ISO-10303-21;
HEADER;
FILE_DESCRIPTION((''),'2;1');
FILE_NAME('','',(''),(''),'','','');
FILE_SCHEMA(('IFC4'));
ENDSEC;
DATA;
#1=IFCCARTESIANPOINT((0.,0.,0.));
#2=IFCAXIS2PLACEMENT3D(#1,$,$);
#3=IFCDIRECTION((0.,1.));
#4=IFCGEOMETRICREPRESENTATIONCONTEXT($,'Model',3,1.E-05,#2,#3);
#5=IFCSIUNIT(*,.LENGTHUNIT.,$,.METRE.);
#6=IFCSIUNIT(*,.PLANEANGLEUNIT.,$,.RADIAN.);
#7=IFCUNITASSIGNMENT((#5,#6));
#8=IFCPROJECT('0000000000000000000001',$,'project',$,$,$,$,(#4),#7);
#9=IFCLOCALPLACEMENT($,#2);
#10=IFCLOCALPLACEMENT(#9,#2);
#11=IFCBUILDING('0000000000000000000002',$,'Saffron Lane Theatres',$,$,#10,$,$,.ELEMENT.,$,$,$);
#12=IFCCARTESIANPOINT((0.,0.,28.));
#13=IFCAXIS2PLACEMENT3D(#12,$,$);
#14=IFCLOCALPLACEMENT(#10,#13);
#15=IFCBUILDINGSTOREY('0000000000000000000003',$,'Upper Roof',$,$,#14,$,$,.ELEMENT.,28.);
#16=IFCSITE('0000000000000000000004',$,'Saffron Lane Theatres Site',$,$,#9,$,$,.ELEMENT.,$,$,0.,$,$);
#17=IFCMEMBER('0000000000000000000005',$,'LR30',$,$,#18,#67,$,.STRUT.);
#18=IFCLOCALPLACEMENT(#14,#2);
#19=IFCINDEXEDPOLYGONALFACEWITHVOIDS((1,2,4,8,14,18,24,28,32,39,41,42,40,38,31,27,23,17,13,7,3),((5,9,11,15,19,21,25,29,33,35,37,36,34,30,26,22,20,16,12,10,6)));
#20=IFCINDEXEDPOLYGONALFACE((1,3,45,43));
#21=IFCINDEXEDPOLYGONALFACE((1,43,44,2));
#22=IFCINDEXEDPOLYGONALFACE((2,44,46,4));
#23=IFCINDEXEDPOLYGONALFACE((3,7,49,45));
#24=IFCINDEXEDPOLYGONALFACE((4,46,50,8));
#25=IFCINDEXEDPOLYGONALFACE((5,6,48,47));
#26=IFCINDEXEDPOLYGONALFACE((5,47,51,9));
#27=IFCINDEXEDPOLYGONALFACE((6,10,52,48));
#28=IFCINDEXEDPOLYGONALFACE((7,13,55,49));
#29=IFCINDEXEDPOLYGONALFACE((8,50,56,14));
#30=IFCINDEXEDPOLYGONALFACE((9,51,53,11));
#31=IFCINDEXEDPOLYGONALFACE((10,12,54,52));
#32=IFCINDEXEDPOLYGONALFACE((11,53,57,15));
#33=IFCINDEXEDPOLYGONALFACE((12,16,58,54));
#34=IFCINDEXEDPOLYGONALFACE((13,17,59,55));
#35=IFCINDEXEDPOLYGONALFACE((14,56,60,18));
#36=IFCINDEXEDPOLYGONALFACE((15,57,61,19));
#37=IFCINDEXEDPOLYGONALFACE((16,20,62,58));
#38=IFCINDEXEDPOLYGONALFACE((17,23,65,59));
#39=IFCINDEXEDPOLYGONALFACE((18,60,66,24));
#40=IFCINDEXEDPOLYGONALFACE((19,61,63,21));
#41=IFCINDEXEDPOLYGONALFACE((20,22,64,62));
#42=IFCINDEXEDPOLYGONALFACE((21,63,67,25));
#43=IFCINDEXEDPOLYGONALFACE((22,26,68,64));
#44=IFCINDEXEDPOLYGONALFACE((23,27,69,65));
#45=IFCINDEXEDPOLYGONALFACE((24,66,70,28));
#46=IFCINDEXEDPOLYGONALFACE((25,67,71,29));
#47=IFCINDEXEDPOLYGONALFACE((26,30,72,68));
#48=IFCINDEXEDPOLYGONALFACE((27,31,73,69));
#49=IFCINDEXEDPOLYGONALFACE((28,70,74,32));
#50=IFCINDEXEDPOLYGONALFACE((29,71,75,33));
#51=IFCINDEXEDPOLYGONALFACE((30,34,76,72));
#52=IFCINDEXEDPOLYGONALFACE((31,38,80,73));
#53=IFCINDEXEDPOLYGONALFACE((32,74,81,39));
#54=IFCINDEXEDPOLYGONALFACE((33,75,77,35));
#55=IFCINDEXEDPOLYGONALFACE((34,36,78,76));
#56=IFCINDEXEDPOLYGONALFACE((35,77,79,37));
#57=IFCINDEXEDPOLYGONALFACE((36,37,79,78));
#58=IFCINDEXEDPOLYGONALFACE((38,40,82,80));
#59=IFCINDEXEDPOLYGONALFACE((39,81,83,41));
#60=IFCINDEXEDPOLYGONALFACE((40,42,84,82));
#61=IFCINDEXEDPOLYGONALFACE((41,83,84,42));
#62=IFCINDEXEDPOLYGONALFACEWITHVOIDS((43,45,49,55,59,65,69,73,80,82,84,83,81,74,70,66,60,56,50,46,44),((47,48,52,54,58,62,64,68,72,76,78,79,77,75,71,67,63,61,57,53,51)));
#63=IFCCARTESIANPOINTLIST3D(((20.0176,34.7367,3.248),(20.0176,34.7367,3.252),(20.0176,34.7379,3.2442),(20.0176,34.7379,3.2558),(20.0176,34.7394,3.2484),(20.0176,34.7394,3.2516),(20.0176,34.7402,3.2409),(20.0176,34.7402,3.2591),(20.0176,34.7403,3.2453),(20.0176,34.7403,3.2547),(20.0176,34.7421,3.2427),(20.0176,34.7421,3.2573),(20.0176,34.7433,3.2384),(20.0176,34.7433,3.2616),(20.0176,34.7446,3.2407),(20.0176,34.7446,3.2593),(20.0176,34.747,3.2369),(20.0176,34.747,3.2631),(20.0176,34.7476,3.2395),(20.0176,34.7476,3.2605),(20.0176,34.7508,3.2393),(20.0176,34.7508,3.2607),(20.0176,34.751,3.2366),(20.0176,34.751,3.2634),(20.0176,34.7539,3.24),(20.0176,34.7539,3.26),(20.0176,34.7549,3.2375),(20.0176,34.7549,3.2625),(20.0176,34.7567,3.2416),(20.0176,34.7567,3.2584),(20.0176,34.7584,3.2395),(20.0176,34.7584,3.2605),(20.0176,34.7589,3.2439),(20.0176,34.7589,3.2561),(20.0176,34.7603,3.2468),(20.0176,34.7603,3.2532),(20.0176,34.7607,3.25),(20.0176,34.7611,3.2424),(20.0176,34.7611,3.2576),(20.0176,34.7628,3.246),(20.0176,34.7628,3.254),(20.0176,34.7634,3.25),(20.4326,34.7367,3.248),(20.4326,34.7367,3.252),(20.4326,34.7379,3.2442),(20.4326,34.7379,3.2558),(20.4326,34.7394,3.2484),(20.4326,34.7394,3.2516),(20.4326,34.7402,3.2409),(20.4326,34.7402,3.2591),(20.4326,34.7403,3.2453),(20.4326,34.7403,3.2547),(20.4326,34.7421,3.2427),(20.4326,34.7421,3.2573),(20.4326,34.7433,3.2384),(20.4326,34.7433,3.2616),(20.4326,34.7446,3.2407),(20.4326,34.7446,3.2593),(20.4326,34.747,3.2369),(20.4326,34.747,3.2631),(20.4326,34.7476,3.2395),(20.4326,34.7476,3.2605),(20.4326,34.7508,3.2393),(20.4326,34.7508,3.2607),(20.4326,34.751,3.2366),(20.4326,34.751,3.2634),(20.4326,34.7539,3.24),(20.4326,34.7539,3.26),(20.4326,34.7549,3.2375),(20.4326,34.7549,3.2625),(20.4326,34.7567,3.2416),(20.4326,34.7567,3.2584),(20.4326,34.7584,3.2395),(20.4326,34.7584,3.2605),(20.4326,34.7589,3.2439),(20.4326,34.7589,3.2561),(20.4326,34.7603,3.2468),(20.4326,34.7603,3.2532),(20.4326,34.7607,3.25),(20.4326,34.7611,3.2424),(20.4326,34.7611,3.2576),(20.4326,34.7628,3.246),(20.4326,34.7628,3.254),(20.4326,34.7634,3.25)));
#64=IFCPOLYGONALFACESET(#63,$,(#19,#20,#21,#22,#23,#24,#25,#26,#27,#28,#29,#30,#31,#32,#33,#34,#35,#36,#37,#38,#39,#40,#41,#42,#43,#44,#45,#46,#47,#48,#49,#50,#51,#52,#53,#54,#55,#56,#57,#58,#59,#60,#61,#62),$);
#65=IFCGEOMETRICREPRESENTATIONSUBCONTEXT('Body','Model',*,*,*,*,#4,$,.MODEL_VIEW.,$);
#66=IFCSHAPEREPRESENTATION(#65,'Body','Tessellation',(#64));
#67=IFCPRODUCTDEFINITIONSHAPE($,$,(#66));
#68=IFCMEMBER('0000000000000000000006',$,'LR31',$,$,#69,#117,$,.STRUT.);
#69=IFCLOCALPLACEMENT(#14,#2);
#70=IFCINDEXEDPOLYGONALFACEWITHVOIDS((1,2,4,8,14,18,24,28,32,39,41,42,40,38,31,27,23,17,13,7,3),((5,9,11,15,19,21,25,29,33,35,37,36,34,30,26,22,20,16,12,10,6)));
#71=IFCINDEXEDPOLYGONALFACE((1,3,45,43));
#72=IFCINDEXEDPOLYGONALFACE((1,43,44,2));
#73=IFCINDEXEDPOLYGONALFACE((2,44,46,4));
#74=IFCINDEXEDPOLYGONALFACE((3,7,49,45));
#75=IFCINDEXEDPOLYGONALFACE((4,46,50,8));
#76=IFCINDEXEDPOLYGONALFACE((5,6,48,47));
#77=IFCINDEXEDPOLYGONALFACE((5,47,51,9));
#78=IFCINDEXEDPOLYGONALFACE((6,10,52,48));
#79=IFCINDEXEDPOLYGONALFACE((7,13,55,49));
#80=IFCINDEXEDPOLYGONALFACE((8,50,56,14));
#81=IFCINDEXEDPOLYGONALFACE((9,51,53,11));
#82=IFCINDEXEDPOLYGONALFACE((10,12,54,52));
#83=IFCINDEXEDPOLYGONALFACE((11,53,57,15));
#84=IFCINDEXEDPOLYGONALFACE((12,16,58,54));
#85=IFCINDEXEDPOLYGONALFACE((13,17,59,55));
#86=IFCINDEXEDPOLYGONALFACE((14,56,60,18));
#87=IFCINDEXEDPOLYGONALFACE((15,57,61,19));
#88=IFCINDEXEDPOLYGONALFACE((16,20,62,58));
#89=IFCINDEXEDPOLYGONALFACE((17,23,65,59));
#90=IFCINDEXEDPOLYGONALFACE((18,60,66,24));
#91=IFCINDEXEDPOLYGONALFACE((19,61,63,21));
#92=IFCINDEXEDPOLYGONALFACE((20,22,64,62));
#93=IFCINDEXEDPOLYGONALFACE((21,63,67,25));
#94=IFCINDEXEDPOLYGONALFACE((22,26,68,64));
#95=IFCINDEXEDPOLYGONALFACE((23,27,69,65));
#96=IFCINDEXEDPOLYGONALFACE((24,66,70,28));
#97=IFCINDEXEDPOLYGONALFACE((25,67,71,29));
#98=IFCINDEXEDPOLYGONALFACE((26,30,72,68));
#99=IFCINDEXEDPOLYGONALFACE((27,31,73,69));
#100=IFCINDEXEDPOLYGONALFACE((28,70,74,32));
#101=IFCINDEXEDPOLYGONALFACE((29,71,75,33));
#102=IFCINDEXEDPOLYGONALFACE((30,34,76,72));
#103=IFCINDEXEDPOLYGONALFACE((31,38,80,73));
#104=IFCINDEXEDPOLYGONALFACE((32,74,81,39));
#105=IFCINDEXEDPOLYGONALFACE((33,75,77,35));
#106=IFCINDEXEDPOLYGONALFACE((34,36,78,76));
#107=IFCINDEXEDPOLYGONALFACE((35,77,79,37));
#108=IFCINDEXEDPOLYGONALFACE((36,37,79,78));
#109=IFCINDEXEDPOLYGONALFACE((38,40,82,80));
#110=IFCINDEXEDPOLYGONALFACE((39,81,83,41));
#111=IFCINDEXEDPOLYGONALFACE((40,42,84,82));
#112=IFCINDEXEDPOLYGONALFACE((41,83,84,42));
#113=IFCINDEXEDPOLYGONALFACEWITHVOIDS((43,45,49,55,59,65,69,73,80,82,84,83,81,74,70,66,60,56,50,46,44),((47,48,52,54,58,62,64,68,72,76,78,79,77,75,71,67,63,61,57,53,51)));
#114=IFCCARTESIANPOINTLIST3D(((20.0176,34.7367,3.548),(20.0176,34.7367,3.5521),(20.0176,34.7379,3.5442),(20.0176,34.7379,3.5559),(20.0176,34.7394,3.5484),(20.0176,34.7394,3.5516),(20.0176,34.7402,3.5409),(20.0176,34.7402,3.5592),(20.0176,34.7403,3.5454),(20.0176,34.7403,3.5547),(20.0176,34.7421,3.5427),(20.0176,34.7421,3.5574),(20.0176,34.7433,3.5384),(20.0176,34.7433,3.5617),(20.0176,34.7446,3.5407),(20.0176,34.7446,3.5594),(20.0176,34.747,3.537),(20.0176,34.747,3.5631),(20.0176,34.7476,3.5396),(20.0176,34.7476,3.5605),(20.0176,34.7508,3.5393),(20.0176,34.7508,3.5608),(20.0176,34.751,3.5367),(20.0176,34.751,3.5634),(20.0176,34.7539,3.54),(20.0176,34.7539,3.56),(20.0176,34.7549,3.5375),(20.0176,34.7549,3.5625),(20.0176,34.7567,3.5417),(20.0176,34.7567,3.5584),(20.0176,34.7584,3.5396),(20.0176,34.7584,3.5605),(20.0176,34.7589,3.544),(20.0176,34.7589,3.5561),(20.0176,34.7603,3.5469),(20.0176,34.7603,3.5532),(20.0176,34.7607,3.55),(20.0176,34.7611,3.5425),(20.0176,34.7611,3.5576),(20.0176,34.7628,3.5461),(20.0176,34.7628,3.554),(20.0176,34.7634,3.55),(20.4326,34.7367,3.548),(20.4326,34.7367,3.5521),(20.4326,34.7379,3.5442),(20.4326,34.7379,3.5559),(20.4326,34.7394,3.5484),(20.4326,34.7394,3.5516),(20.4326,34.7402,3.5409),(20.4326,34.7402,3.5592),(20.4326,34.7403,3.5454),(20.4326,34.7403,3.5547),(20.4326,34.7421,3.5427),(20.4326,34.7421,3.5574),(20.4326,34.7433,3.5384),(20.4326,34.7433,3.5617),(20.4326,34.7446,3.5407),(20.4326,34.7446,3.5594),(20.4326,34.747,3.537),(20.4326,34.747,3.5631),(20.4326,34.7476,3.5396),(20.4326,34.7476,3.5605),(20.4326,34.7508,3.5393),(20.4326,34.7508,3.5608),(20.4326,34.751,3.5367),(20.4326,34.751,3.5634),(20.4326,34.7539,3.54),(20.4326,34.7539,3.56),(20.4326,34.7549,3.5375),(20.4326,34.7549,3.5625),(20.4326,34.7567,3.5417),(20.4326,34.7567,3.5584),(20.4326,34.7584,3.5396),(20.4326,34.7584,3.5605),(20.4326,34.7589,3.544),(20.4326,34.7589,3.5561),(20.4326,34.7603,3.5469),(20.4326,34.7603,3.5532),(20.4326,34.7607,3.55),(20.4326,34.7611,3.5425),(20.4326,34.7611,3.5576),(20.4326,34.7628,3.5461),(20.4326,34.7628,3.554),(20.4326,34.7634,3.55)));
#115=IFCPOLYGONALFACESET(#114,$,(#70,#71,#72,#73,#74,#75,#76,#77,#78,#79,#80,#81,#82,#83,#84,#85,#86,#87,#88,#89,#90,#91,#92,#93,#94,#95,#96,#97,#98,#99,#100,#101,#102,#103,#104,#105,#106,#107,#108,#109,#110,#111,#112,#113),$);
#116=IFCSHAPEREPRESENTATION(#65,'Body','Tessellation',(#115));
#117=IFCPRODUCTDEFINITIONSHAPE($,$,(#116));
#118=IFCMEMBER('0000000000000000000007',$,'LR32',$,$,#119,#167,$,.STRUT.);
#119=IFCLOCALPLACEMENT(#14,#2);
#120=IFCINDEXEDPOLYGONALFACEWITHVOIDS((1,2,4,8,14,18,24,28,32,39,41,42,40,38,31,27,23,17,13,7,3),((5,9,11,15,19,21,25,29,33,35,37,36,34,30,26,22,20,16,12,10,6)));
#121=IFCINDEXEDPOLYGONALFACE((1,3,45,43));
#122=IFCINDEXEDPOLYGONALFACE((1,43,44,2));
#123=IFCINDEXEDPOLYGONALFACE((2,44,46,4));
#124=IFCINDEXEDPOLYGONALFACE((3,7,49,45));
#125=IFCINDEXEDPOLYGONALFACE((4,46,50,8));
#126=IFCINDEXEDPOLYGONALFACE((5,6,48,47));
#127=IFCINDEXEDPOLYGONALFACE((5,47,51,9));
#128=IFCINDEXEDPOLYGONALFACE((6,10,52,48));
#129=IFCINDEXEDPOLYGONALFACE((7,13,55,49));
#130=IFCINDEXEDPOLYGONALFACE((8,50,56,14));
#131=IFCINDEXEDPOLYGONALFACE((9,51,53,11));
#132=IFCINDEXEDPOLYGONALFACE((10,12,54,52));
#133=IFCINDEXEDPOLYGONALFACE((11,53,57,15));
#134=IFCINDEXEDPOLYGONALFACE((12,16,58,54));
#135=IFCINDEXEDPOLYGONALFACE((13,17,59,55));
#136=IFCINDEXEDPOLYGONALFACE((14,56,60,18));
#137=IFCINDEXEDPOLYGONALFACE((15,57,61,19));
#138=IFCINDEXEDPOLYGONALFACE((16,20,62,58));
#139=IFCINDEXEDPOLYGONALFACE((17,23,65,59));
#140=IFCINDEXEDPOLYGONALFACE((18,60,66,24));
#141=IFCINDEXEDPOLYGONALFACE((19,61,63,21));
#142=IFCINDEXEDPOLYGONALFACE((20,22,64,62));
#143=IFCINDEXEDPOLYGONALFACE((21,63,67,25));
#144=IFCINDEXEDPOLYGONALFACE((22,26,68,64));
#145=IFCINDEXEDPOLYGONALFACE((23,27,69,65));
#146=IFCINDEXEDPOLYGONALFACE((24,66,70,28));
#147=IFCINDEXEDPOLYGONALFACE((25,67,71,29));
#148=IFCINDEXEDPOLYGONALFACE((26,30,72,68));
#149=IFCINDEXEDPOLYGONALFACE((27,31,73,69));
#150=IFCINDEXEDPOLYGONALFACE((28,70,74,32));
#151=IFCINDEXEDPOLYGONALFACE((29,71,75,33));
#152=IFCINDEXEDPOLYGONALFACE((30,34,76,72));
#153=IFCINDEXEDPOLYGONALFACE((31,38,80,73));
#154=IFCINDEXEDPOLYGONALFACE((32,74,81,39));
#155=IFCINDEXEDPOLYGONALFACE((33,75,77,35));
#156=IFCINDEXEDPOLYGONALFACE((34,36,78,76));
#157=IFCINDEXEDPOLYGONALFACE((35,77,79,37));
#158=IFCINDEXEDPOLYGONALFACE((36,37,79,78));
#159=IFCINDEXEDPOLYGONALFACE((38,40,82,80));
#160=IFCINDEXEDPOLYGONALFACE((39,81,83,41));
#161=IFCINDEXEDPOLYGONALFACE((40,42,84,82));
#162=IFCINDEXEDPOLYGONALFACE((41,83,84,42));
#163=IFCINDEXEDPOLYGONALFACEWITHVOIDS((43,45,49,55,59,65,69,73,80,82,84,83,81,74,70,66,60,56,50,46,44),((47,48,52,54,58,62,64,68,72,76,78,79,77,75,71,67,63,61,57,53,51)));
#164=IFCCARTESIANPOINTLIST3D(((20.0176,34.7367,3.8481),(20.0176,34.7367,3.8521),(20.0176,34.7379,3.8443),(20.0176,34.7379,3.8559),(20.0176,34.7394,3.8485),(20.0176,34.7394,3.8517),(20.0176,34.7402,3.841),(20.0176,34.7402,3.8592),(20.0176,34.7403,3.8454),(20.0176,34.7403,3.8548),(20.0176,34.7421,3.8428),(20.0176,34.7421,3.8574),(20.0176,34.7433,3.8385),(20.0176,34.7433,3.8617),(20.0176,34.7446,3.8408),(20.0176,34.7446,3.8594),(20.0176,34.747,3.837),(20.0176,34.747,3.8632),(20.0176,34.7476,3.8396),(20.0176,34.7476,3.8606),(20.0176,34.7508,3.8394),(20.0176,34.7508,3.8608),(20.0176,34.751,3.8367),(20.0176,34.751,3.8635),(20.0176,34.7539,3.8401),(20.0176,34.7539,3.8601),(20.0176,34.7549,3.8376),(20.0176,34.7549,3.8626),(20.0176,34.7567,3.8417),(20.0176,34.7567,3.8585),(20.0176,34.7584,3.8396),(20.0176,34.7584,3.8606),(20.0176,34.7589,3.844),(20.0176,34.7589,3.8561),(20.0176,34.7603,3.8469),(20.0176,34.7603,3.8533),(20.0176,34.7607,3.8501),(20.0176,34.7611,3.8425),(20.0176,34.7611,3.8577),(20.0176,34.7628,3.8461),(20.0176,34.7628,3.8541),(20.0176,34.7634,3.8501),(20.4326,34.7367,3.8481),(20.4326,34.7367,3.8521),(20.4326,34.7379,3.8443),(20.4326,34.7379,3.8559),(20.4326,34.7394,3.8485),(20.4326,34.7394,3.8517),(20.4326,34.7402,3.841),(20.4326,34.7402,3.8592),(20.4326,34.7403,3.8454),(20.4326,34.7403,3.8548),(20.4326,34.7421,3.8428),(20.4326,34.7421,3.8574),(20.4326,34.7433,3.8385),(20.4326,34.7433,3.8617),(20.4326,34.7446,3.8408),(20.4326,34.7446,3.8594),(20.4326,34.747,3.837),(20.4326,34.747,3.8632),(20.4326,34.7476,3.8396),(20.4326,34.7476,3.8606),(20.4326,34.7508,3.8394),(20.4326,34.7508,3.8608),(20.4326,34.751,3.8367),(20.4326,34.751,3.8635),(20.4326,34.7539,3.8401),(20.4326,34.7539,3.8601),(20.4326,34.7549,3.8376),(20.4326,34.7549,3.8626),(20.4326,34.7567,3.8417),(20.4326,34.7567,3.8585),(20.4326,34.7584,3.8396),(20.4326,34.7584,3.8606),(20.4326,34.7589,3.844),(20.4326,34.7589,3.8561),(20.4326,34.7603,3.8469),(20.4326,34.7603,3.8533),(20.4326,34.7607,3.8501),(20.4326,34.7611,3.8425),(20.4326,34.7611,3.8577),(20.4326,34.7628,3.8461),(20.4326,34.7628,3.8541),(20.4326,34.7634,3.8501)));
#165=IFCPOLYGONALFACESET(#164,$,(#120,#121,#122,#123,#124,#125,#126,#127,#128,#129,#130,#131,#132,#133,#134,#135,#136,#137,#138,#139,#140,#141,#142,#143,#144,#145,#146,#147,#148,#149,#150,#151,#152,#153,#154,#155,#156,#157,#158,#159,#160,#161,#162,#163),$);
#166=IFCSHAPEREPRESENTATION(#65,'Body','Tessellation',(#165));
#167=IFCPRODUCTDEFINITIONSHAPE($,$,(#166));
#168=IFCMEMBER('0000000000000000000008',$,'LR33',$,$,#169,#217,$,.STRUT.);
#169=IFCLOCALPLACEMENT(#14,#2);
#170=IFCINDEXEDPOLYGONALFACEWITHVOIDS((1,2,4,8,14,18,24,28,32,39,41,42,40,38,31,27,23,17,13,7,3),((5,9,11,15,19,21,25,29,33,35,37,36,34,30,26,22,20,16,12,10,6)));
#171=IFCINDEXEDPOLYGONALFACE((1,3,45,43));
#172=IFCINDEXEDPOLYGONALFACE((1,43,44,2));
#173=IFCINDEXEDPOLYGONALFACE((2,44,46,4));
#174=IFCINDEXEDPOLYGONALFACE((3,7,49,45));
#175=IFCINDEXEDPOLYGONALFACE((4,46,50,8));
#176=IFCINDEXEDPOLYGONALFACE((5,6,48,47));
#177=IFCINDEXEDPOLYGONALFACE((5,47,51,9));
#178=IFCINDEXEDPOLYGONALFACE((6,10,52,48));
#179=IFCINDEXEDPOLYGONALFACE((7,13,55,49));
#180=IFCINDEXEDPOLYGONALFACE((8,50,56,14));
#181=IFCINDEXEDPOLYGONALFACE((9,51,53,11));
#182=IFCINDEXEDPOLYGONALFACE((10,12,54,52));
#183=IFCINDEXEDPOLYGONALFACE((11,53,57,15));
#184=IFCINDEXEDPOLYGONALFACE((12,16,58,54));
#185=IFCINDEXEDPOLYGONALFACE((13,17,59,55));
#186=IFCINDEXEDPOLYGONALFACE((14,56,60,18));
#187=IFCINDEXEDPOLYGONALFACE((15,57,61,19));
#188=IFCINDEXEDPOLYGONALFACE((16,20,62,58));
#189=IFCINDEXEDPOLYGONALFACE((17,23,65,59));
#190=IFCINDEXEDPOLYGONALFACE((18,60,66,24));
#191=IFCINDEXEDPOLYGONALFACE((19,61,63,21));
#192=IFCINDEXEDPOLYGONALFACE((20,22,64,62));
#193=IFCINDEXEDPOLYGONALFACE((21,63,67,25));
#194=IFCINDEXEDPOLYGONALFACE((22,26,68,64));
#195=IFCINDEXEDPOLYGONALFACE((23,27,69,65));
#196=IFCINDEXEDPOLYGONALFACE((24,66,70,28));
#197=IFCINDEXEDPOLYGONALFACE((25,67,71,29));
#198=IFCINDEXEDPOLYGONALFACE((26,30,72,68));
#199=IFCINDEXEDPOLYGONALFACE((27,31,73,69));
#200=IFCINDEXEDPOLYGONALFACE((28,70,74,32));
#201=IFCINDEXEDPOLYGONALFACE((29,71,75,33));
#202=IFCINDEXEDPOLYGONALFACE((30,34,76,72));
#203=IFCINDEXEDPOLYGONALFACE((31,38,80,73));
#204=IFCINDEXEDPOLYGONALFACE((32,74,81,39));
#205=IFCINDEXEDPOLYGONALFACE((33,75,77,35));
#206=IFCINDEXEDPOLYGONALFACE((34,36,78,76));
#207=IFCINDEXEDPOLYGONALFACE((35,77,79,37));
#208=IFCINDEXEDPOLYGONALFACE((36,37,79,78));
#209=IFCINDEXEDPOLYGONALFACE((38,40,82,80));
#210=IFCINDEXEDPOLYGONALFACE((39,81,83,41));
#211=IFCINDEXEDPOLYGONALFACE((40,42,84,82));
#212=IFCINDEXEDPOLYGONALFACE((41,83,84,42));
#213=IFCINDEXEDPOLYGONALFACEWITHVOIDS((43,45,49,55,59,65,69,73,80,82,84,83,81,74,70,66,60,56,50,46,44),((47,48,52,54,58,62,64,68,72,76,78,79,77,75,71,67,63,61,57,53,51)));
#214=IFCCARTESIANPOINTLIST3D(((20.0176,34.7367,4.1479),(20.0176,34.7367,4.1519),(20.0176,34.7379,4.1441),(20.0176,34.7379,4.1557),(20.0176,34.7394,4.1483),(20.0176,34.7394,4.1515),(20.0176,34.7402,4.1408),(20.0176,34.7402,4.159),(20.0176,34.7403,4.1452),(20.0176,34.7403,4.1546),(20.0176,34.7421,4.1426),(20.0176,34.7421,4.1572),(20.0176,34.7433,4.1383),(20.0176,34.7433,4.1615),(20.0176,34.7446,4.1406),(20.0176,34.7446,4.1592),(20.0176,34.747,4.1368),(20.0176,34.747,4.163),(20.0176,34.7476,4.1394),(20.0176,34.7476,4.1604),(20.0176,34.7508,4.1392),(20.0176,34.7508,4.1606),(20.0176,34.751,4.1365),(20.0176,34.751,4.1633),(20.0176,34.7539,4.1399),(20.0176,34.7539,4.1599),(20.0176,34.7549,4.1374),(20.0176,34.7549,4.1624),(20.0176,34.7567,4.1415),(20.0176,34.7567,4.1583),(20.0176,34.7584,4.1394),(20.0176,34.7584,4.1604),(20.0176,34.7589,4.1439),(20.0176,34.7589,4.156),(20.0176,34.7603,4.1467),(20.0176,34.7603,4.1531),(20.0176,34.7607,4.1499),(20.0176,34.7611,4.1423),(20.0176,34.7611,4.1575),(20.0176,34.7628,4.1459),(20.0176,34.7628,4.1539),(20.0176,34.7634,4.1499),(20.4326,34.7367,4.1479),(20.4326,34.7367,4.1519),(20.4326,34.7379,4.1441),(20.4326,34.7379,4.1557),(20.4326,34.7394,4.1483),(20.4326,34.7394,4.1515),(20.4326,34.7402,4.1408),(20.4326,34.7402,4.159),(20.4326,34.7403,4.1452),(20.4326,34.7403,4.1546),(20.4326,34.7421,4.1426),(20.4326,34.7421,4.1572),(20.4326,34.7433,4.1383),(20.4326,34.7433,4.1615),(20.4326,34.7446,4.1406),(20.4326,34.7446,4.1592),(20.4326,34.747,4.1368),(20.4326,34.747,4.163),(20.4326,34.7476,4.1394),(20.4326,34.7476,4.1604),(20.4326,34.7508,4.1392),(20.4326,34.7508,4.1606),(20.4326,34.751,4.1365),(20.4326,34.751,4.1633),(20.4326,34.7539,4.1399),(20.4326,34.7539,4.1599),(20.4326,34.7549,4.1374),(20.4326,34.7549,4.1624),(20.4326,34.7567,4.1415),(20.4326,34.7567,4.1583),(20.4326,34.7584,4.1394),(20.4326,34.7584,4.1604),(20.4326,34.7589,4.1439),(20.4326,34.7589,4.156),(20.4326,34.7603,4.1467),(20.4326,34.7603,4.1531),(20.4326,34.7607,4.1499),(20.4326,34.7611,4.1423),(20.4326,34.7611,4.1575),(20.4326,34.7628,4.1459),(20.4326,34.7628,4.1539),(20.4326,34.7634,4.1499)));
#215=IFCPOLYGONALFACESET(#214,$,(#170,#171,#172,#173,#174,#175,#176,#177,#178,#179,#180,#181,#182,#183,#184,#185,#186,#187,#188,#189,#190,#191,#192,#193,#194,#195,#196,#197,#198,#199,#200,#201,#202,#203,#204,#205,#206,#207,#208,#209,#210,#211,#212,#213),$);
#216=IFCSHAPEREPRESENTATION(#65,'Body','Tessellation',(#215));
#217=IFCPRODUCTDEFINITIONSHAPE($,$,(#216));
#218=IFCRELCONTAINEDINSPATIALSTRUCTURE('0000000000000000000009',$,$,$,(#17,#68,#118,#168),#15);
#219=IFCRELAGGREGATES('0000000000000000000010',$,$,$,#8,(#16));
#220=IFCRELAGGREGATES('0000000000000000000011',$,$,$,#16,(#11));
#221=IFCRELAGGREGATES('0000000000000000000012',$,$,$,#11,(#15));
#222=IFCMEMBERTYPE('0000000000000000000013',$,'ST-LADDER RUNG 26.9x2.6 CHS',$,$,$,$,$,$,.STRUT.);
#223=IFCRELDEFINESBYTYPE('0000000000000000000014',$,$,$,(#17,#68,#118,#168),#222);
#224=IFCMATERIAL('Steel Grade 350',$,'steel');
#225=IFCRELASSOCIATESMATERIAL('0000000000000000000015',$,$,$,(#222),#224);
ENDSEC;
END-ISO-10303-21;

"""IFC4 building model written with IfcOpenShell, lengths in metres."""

from ifc_helpers import new_model, si_unit, direction, frame, origin, origin_2d, place, context, subcontext, project, spatial, hollow_circle, extrude, material, material_profile, profile_set, type_object, element, save


model = new_model("IFC4")

# Units and contexts
model_context = context("Model", 3, precision=1e-05, world=origin(), true_north=direction((0.0, 1.0)))
body_context = subcontext(model_context, "Body", "Model", "MODEL_VIEW")
ifc_project = project(units=[si_unit("LENGTHUNIT", "METRE"), si_unit("PLANEANGLEUNIT", "RADIAN")], contexts=[model_context])

# Site, building, storey
site_placement = place(None, origin())
site = spatial("IfcSite", under=ifc_project, at=site_placement, Name="Saffron Lane Theatres Site", CompositionType="ELEMENT", RefElevation=0.0)
building_placement = place(site_placement, origin())
building = spatial("IfcBuilding", under=site, at=building_placement, Name="Saffron Lane Theatres", CompositionType="ELEMENT")
storey_placement = place(building_placement, frame((0.0, 0.0, 28.0)))
storey = spatial("IfcBuildingStorey", under=building, at=storey_placement, Name="Upper Roof", CompositionType="ELEMENT", Elevation=28.0)

# Members
ifc_material_1 = material(Name="Steel Grade 350", Category="steel")
ifc_material_profile_1 = material_profile(ifc_material_1, hollow_circle(Radius=0.0134, WallThickness=0.0027, at=origin_2d()))
ifc_profile_set_1 = profile_set([ifc_material_profile_1], Name="Steel Grade 350")
member_type_1 = type_object("IfcMemberType", Name="ST-LADDER RUNG 26.9x2.6 CHS", PredefinedType="STRUT", material=ifc_profile_set_1)
for number, where, z_axis, x_axis, name in (
    (1, (20.0176, 34.75, 3.25), (1.0, 0.0, 0.0), (0.0, 1.0, 0.0), "LR30"),
    (2, (20.0176, 34.75, 3.55), (1.0, 0.0, 0.0), (0.0, 1.0, 0.0), "LR31"),
    (3, (20.0176, 34.75, 3.8501), (1.0, 0.0, 0.0), (0.0, 1.0, 0.0), "LR32"),
    (4, (20.0176, 34.75, 4.1499), (1.0, 0.0, 0.0), (0.0, 1.0, 0.0), "LR33"),
):
    element("IfcMember", number, at=place(storey_placement, frame(where, z_axis=z_axis, x_axis=x_axis)), inside=storey, type_object=member_type_1, Name=name, PredefinedType="STRUT", context=body_context, shape_type="SweptSolid", body=[
        extrude(hollow_circle(Radius=0.0134, WallThickness=0.0027, at=origin_2d()), origin(), (0.0, 0.0, 1.0), 0.415),
    ])

save(model, "model.ifc")
